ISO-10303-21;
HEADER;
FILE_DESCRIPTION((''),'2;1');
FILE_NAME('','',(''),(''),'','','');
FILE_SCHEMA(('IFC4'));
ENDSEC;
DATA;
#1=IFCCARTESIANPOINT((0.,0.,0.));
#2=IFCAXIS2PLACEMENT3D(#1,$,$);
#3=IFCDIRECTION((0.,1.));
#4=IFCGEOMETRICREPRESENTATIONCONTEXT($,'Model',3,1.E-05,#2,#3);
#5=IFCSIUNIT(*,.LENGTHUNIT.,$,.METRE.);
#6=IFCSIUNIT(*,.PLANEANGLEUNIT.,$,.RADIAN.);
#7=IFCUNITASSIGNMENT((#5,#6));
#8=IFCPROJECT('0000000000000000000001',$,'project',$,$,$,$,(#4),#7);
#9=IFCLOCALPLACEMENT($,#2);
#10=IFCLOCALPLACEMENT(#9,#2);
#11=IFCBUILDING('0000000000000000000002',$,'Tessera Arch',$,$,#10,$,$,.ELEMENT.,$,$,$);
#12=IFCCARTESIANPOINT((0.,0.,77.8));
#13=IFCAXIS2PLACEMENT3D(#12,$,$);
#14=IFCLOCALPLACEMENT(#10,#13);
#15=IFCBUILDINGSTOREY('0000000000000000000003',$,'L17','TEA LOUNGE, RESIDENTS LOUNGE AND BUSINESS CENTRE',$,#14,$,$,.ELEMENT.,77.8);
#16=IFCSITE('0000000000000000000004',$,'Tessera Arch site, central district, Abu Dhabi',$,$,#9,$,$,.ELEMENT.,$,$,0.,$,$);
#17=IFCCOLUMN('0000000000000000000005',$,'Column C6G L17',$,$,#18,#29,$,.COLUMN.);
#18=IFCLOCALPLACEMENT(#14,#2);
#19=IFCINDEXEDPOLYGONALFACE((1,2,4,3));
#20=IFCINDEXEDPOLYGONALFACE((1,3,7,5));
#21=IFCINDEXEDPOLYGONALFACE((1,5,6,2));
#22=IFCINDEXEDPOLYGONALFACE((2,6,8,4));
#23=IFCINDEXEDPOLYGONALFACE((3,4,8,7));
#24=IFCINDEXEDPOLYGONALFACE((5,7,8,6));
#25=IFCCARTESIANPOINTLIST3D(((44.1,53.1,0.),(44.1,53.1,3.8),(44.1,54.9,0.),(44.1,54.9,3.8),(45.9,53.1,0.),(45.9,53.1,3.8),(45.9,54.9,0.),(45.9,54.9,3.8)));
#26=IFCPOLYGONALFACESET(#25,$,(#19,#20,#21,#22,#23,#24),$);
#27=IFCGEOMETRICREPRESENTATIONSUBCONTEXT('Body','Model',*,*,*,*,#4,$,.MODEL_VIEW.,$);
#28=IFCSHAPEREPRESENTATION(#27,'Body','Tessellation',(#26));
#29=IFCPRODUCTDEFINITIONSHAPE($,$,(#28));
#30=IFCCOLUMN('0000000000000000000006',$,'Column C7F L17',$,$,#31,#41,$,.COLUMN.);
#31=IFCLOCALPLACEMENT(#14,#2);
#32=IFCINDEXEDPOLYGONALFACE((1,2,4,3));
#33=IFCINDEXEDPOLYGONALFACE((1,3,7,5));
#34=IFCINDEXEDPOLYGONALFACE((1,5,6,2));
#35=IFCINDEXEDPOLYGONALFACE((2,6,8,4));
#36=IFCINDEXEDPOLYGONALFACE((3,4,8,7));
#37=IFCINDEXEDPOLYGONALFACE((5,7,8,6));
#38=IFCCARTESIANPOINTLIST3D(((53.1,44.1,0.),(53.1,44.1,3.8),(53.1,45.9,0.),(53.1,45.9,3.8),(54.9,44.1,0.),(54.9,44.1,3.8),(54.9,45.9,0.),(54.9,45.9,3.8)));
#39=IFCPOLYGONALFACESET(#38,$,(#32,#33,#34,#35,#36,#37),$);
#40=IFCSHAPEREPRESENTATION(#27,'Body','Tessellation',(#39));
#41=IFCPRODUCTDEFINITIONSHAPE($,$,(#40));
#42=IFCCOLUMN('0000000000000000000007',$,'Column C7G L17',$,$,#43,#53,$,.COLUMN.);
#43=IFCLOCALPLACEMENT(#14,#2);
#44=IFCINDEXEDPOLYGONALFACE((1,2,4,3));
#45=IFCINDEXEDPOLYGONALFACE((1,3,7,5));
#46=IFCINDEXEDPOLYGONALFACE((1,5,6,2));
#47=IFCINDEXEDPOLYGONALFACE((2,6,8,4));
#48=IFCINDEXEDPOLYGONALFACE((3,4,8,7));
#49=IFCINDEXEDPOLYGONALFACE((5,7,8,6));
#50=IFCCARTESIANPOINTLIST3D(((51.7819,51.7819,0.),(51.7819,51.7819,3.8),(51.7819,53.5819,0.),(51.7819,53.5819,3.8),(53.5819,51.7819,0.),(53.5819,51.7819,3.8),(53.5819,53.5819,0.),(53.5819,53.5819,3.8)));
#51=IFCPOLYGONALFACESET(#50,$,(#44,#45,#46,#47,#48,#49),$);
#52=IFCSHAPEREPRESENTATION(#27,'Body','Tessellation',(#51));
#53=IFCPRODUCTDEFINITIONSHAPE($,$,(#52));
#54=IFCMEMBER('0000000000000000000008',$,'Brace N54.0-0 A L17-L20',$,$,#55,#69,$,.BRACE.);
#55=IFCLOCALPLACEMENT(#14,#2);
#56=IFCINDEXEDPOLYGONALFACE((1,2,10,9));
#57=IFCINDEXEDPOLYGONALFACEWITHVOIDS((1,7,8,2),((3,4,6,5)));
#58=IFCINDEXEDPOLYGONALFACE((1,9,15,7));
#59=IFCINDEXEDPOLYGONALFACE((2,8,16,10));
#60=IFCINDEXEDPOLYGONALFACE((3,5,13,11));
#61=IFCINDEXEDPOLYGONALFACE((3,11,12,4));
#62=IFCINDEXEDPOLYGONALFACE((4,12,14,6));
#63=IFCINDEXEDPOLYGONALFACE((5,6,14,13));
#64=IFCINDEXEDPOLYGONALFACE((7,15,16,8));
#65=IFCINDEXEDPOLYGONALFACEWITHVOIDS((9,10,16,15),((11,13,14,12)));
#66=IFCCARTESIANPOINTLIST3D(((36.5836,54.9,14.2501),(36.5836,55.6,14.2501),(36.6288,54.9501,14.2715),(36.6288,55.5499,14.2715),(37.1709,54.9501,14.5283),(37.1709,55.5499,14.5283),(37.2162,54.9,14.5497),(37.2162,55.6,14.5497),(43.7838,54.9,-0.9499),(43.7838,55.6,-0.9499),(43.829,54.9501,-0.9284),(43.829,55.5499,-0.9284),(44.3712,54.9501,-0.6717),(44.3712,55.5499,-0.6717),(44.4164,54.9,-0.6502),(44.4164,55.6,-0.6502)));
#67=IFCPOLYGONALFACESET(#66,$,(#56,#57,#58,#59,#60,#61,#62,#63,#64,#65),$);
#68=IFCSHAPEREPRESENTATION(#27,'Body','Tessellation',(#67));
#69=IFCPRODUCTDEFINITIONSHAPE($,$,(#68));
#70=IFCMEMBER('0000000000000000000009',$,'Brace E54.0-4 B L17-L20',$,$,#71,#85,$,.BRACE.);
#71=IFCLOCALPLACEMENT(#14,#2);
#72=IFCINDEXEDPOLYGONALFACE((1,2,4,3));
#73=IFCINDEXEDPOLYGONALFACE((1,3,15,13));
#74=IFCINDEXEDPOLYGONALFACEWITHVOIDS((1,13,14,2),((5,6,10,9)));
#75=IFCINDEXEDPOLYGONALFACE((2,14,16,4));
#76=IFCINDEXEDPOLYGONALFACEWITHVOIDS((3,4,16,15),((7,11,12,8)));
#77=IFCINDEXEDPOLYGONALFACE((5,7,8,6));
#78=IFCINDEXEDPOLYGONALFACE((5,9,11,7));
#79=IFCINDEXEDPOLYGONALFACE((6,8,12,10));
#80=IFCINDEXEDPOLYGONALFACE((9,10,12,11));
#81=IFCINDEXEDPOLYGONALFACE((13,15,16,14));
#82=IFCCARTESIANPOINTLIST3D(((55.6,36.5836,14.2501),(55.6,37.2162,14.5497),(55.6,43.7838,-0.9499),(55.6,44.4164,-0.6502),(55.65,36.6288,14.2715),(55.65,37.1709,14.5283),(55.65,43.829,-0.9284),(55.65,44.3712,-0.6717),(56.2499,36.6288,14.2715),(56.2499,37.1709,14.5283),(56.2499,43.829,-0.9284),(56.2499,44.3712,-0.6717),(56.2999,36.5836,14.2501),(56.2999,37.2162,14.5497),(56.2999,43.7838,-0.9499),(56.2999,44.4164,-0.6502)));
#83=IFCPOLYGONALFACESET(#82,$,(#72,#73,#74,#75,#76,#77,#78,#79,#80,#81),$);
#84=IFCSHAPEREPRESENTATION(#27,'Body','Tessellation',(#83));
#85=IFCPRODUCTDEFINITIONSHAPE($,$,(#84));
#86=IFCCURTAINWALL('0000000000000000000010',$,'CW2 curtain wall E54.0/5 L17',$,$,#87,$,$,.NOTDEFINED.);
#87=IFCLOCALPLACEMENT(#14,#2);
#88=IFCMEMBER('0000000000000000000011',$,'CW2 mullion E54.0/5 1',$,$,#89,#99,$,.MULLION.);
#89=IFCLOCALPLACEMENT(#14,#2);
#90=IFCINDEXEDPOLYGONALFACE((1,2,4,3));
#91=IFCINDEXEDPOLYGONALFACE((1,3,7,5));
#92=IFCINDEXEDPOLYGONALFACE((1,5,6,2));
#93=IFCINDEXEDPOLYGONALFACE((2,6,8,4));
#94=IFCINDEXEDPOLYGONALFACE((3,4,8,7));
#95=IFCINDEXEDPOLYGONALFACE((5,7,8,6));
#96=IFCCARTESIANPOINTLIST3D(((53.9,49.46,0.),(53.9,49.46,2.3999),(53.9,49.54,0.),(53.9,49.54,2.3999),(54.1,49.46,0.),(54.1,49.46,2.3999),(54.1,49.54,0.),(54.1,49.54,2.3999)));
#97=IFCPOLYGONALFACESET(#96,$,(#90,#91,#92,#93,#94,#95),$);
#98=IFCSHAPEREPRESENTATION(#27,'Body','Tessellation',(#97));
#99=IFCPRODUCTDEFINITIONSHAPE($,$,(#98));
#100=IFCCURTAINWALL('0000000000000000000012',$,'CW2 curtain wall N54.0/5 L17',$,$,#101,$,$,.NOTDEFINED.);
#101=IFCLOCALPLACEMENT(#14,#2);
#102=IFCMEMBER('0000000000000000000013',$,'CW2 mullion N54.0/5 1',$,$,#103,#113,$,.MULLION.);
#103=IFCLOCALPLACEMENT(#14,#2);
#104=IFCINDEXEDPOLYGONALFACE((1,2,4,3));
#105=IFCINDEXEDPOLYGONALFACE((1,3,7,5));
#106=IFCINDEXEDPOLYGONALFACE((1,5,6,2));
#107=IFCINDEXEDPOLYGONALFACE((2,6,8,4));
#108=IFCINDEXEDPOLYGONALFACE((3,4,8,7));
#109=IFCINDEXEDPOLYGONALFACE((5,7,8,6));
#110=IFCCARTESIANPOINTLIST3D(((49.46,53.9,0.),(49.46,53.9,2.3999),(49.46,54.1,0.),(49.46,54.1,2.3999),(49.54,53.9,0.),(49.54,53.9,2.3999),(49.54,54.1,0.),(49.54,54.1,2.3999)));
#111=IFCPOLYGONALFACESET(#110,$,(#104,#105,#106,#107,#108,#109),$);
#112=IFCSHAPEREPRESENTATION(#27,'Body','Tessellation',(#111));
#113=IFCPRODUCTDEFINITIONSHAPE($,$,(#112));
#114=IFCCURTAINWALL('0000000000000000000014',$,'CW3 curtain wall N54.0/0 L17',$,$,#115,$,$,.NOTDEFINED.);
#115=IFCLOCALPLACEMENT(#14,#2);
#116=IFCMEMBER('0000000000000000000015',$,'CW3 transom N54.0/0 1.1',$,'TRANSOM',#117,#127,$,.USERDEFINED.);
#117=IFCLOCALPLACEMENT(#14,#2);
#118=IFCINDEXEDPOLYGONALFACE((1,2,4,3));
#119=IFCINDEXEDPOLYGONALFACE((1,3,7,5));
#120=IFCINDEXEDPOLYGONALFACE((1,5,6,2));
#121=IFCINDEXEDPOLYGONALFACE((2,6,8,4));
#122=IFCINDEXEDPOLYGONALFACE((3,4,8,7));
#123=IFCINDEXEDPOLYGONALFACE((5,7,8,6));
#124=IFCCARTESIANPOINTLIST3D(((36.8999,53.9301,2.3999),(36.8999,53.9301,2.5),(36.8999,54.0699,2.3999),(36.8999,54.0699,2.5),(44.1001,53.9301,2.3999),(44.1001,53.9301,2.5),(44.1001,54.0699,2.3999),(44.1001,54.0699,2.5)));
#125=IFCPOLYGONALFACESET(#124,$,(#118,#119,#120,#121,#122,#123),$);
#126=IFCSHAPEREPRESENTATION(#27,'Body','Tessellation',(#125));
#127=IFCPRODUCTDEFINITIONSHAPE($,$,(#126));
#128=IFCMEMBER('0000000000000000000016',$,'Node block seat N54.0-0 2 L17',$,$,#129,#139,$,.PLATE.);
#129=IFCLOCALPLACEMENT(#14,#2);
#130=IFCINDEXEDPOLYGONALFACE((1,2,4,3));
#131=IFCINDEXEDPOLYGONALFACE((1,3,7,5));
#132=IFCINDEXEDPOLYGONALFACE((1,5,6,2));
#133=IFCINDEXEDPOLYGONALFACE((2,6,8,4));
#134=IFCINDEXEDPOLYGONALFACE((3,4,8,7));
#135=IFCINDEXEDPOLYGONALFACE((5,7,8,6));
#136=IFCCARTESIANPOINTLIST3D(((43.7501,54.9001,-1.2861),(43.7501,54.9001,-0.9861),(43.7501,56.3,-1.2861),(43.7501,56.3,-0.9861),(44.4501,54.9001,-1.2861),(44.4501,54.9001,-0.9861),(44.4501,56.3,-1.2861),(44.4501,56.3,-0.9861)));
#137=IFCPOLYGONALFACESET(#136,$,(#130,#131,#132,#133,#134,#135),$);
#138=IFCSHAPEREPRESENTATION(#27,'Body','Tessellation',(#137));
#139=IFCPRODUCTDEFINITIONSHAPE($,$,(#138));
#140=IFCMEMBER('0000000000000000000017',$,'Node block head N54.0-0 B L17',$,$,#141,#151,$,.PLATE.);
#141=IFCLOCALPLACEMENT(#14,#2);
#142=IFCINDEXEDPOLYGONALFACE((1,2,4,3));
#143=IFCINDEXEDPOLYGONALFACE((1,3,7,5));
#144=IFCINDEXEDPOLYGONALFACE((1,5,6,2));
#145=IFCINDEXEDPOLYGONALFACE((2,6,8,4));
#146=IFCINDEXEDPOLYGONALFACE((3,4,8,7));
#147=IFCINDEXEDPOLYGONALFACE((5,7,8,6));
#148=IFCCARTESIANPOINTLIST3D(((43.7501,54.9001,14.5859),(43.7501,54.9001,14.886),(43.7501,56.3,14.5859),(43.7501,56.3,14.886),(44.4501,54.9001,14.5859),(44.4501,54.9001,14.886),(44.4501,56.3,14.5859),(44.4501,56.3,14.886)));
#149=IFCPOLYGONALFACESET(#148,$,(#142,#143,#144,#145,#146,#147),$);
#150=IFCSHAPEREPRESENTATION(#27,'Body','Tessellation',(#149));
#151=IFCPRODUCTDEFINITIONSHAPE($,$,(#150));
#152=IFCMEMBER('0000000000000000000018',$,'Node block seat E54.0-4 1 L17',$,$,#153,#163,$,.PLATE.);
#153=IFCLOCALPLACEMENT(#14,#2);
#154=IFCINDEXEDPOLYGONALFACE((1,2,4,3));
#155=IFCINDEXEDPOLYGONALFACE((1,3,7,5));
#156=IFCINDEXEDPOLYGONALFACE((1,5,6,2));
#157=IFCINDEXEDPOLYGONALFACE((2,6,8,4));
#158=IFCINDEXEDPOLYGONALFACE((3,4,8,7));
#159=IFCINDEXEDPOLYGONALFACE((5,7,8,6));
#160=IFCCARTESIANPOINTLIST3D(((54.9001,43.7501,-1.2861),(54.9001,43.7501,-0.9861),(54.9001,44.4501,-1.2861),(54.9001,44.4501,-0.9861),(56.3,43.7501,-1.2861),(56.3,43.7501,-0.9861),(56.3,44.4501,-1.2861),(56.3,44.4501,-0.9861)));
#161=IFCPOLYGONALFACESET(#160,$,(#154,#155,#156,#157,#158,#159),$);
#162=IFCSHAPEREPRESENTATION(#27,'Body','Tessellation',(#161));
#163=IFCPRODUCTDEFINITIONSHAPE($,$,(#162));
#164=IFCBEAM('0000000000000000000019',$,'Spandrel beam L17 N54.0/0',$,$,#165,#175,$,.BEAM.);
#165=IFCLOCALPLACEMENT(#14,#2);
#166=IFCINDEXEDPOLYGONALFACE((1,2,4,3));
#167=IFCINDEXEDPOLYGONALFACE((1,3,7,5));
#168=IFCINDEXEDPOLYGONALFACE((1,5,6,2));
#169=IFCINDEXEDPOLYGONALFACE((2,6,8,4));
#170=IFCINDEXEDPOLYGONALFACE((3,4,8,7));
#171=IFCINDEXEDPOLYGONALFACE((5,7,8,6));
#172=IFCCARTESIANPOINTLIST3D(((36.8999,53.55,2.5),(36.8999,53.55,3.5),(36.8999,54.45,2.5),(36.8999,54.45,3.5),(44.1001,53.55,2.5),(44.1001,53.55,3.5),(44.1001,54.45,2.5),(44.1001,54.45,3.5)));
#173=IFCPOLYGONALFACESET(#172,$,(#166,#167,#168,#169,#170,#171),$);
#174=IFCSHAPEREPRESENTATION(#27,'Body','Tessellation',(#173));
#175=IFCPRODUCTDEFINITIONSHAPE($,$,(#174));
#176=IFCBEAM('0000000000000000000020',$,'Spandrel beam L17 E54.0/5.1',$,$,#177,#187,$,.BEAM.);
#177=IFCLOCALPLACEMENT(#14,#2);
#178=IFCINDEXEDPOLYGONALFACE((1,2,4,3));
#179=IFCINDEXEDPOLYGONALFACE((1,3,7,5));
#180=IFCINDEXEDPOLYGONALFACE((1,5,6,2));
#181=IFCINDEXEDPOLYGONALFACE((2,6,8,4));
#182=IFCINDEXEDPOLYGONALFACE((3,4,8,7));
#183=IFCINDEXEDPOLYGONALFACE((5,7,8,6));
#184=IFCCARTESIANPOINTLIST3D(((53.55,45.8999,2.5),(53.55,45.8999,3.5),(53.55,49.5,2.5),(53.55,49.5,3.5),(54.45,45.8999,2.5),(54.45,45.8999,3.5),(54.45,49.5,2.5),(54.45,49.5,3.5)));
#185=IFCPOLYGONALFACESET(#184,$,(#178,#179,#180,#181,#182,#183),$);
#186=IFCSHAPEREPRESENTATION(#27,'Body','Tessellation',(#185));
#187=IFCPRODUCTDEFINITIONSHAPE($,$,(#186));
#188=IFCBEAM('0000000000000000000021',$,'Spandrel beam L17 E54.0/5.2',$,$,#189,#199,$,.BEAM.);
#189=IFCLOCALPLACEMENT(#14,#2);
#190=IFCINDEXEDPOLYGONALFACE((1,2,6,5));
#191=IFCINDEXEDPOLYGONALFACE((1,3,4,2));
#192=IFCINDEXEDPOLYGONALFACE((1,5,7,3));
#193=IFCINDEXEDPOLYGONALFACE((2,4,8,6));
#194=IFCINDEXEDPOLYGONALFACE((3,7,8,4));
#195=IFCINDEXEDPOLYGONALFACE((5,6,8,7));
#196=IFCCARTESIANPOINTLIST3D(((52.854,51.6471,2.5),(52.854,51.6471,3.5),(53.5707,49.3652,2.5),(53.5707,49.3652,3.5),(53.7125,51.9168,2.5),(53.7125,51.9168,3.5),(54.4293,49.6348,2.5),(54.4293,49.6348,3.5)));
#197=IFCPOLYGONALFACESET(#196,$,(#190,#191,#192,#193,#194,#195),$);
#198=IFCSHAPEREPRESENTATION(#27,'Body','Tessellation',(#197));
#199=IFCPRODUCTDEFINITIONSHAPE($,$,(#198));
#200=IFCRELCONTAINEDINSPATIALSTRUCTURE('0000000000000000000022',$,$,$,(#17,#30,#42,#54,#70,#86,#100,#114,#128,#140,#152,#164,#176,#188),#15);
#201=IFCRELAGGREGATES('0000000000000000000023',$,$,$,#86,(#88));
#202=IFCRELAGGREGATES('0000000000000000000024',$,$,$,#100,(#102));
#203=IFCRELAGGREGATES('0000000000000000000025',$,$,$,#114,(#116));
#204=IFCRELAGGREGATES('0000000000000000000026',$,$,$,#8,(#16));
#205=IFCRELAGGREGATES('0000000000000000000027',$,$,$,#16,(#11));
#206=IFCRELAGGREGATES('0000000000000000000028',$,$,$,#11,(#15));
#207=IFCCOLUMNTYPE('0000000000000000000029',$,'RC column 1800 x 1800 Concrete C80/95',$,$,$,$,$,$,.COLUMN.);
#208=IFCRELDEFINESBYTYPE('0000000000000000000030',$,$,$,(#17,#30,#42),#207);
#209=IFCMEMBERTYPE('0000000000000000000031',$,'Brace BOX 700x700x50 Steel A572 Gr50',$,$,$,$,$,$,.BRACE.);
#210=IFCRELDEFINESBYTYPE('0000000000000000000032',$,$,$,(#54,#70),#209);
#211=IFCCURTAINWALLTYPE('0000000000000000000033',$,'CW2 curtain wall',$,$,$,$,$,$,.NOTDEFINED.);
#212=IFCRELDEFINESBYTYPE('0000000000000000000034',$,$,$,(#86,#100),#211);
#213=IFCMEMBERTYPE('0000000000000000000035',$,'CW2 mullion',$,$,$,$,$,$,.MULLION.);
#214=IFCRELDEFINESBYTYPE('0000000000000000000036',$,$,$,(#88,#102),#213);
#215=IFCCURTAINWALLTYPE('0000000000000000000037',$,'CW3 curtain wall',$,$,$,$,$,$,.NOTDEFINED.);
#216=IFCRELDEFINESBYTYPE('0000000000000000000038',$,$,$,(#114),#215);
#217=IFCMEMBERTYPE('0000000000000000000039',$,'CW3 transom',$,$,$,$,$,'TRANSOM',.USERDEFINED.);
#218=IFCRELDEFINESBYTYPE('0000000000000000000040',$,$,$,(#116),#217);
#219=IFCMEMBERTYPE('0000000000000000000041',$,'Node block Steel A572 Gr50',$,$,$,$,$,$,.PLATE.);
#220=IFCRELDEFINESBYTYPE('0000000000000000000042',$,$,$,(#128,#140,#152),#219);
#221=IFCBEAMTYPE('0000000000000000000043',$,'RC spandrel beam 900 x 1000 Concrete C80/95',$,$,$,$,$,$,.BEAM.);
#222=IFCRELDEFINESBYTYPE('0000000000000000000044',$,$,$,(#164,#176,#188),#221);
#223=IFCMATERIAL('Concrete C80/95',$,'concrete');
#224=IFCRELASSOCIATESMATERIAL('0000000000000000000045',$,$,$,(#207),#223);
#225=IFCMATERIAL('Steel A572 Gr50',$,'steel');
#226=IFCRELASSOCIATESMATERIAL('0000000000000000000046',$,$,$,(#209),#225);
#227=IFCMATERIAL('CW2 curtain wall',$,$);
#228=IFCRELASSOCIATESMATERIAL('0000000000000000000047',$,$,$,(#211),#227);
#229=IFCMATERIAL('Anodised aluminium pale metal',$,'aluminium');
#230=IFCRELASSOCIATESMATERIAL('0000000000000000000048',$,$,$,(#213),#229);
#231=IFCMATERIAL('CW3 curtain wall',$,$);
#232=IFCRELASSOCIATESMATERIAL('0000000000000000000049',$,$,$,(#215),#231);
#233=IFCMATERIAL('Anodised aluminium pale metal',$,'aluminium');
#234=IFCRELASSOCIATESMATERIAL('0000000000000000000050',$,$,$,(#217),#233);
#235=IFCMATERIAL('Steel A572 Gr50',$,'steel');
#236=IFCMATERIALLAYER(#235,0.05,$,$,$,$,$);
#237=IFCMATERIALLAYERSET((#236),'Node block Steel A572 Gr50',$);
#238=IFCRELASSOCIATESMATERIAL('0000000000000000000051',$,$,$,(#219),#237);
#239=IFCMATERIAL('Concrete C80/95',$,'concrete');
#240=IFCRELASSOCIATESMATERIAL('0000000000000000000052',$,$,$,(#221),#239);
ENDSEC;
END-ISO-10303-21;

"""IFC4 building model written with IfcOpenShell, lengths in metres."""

from ifc_helpers import new_model, si_unit, direction, frame, origin, origin_2d, place, context, subcontext, project, spatial, rectangle, hollow_rectangle, extrude, material, layer, layer_set, material_profile, profile_set, type_object, element, aggregate, save


model = new_model("IFC4")

# Units and contexts
model_context = context("Model", 3, precision=1e-05, world=origin(), true_north=direction((0.0, 1.0)))
body_context = subcontext(model_context, "Body", "Model", "MODEL_VIEW")
ifc_project = project(units=[si_unit("LENGTHUNIT", "METRE"), si_unit("PLANEANGLEUNIT", "RADIAN")], contexts=[model_context])

# Site, building, storey
site_placement = place(None, origin())
site = spatial("IfcSite", under=ifc_project, at=site_placement, Name="Tessera Arch site, central district, Abu Dhabi", CompositionType="ELEMENT", RefElevation=0.0)
building_placement = place(site_placement, origin())
building = spatial("IfcBuilding", under=site, at=building_placement, Name="Tessera Arch", CompositionType="ELEMENT")
storey_placement = place(building_placement, frame((0.0, 0.0, 77.8)))
storey = spatial("IfcBuildingStorey", under=building, at=storey_placement, Name="L17", Description="TEA LOUNGE, RESIDENTS LOUNGE AND BUSINESS CENTRE", CompositionType="ELEMENT", Elevation=77.8)

# Columns
ifc_material_1 = material(Name="Concrete C80/95", Category="concrete")
ifc_material_profile_1 = material_profile(ifc_material_1, rectangle(XDim=1.8, YDim=1.8, at=origin_2d()), Name="RC column 1800 x 1800 Concrete C80/95")
ifc_profile_set_1 = profile_set([ifc_material_profile_1], Name="Concrete C80/95")
column_type = type_object("IfcColumnType", Name="RC column 1800 x 1800 Concrete C80/95", PredefinedType="COLUMN", material=ifc_profile_set_1)
for number, where, z_axis, x_axis, name in (
    (1, (45.0, 54.0, 0.0), (0.0, 0.0, 1.0), (1.0, 0.0, 0.0), "Column C6G L17"),
    (2, (54.0, 45.0, 0.0), (0.0, 0.0, 1.0), (1.0, 0.0, 0.0), "Column C7F L17"),
    (3, (52.6819, 52.6819, 0.0), (0.0, 0.0, 1.0), (1.0, 0.0, 0.0), "Column C7G L17"),
):
    element("IfcColumn", number, at=place(storey_placement, frame(where, z_axis=z_axis, x_axis=x_axis)), inside=storey, type_object=column_type, Name=name, PredefinedType="COLUMN", context=body_context, shape_type="SweptSolid", body=[
        extrude(rectangle(XDim=1.8, YDim=1.8, at=origin_2d()), origin(), (0.0, 0.0, 1.0), 3.8),
    ])

# Members
ifc_material_2 = material(Name="Steel A572 Gr50", Category="steel")
ifc_material_profile_2 = material_profile(ifc_material_2, hollow_rectangle(XDim=0.7, YDim=0.7, WallThickness=0.05, at=origin_2d()), Name="BOX 700x700x50")
ifc_profile_set_2 = profile_set([ifc_material_profile_2], Name="Steel A572 Gr50")
member_type_1 = type_object("IfcMemberType", Name="Brace BOX 700x700x50 Steel A572 Gr50", PredefinedType="BRACE", material=ifc_profile_set_2)
for number, where, z_axis, x_axis, name in (
    (4, (44.1001, 55.25, -0.8), (-0.428097, 0.0, 0.903733), (0.0, -1.0, 0.0), "Brace N54.0-0 A L17-L20"),
    (5, (55.95, 44.1001, -0.8), (0.0, -0.428097, 0.903733), (1.0, 0.0, 0.0), "Brace E54.0-4 B L17-L20"),
):
    element("IfcMember", number, at=place(storey_placement, frame(where, z_axis=z_axis, x_axis=x_axis)), inside=storey, type_object=member_type_1, Name=name, PredefinedType="BRACE", context=body_context, shape_type="SweptSolid", body=[
        extrude(hollow_rectangle(XDim=0.7, YDim=0.7, WallThickness=0.05, at=origin_2d()), origin(), (0.0, 0.0, 1.0), 16.8191),
    ])

# Curtain walls, members
ifc_material_3 = material(Name="CW2 curtain wall")
curtain_wall_type_1 = type_object("IfcCurtainWallType", Name="CW2 curtain wall", PredefinedType="NOTDEFINED", material=ifc_material_3)
curtain_wall_1_placement = place(storey_placement, origin())
curtain_wall_1 = element("IfcCurtainWall", 6, at=curtain_wall_1_placement, inside=storey, type_object=curtain_wall_type_1, Name="CW2 curtain wall E54.0/5 L17", PredefinedType="NOTDEFINED")
ifc_material_4 = material(Name="Anodised aluminium pale metal", Category="aluminium")
ifc_material_profile_3 = material_profile(ifc_material_4, rectangle(XDim=0.2, YDim=0.0801, at=origin_2d()), Name="AL 80x200")
ifc_profile_set_3 = profile_set([ifc_material_profile_3], Name="Anodised aluminium pale metal")
member_type_2 = type_object("IfcMemberType", Name="CW2 mullion", PredefinedType="MULLION", material=ifc_profile_set_3)
member_1_placement = place(storey_placement, frame((54.0, 49.5, 0.0), z_axis=(0.0, 0.0, 1.0), x_axis=(-1.0, 0.0, 0.0)))
member_1 = element("IfcMember", 7, at=member_1_placement, type_object=member_type_2, Name="CW2 mullion E54.0/5 1", PredefinedType="MULLION", context=body_context, shape_type="SweptSolid", body=[
    extrude(rectangle(XDim=0.2, YDim=0.0801, at=origin_2d()), origin(), (0.0, 0.0, 1.0), 2.3999),
])
curtain_wall_2_placement = place(storey_placement, origin())
curtain_wall_2 = element("IfcCurtainWall", 8, at=curtain_wall_2_placement, inside=storey, type_object=curtain_wall_type_1, Name="CW2 curtain wall N54.0/5 L17", PredefinedType="NOTDEFINED")
member_2_placement = place(storey_placement, frame((49.5, 54.0, 0.0), z_axis=(0.0, 0.0, 1.0), x_axis=(0.0, -1.0, 0.0)))
member_2 = element("IfcMember", 9, at=member_2_placement, type_object=member_type_2, Name="CW2 mullion N54.0/5 1", PredefinedType="MULLION", context=body_context, shape_type="SweptSolid", body=[
    extrude(rectangle(XDim=0.2, YDim=0.0801, at=origin_2d()), origin(), (0.0, 0.0, 1.0), 2.3999),
])
ifc_material_5 = material(Name="CW3 curtain wall")
curtain_wall_type_2 = type_object("IfcCurtainWallType", Name="CW3 curtain wall", PredefinedType="NOTDEFINED", material=ifc_material_5)
curtain_wall_3_placement = place(storey_placement, origin())
curtain_wall_3 = element("IfcCurtainWall", 10, at=curtain_wall_3_placement, inside=storey, type_object=curtain_wall_type_2, Name="CW3 curtain wall N54.0/0 L17", PredefinedType="NOTDEFINED")
ifc_material_6 = material(Name="Anodised aluminium pale metal", Category="aluminium")
ifc_material_profile_4 = material_profile(ifc_material_6, rectangle(XDim=0.1399, YDim=0.1001, at=origin_2d()), Name="AL 140x100")
ifc_profile_set_4 = profile_set([ifc_material_profile_4], Name="Anodised aluminium pale metal")
member_type_3 = type_object("IfcMemberType", Name="CW3 transom", ElementType="TRANSOM", PredefinedType="USERDEFINED", material=ifc_profile_set_4)
member_3_placement = place(storey_placement, frame((44.1001, 54.0, 2.45), z_axis=(-1.0, 0.0, 0.0), x_axis=(0.0, -1.0, 0.0)))
member_3 = element("IfcMember", 11, at=member_3_placement, type_object=member_type_3, Name="CW3 transom N54.0/0 1.1", ObjectType="TRANSOM", PredefinedType="USERDEFINED", context=body_context, shape_type="SweptSolid", body=[
    extrude(rectangle(XDim=0.1399, YDim=0.1001, at=origin_2d()), origin(), (0.0, 0.0, 1.0), 7.2002),
])

# Members
ifc_material_7 = material(Name="Steel A572 Gr50", Category="steel")
ifc_layer_1 = layer(ifc_material_7, 0.05)
ifc_layer_set_1 = layer_set([ifc_layer_1], Name="Node block Steel A572 Gr50")
member_type_4 = type_object("IfcMemberType", Name="Node block Steel A572 Gr50", PredefinedType="PLATE", material=ifc_layer_set_1)
for number, where, z_axis, x_axis, name in (
    (12, (44.1001, 55.6001, -1.2861), (0.0, 0.0, 1.0), (-1.0, 0.0, 0.0), "Node block seat N54.0-0 2 L17"),
    (13, (44.1001, 55.6001, 14.5859), (0.0, 0.0, 1.0), (-1.0, 0.0, 0.0), "Node block head N54.0-0 B L17"),
    (14, (55.6001, 44.1001, -1.2861), (0.0, 0.0, 1.0), (0.0, 1.0, 0.0), "Node block seat E54.0-4 1 L17"),
):
    element("IfcMember", number, at=place(storey_placement, frame(where, z_axis=z_axis, x_axis=x_axis)), inside=storey, type_object=member_type_4, Name=name, PredefinedType="PLATE", context=body_context, shape_type="SweptSolid", body=[
        extrude(rectangle(XDim=0.7, YDim=1.3999, at=origin_2d()), origin(), (0.0, 0.0, 1.0), 0.3),
    ])

# Beams
ifc_material_8 = material(Name="Concrete C80/95", Category="concrete")
ifc_material_profile_5 = material_profile(ifc_material_8, rectangle(XDim=0.8999, YDim=1.0, at=origin_2d()), Name="RC spandrel beam 900 x 1000 Concrete C80/95")
ifc_profile_set_5 = profile_set([ifc_material_profile_5], Name="Concrete C80/95")
beam_type = type_object("IfcBeamType", Name="RC spandrel beam 900 x 1000 Concrete C80/95", PredefinedType="BEAM", material=ifc_profile_set_5)
beam_1_placement = place(storey_placement, frame((44.1001, 54.0, 3.0), z_axis=(-1.0, 0.0, 0.0), x_axis=(0.0, -1.0, 0.0)))
element("IfcBeam", 15, at=beam_1_placement, inside=storey, type_object=beam_type, Name="Spandrel beam L17 N54.0/0", PredefinedType="BEAM", context=body_context, shape_type="SweptSolid", body=[
    extrude(rectangle(XDim=0.8999, YDim=1.0, at=origin_2d()), origin(), (0.0, 0.0, 1.0), 7.2002),
])
beam_2_placement = place(storey_placement, frame((54.0, 45.8999, 3.0), z_axis=(0.0, 1.0, 0.0), x_axis=(-1.0, 0.0, 0.0)))
element("IfcBeam", 16, at=beam_2_placement, inside=storey, type_object=beam_type, Name="Spandrel beam L17 E54.0/5.1", PredefinedType="BEAM", context=body_context, shape_type="SweptSolid", body=[
    extrude(rectangle(XDim=0.8999, YDim=1.0, at=origin_2d()), origin(), (0.0, 0.0, 1.0), 3.6001),
])
for number, where, z_axis, x_axis, name in (
    (17, (54.0, 49.5, 3.0), (-0.299675, 0.954041, 0.0), (-0.954041, -0.299675, 0.0), "Spandrel beam L17 E54.0/5.2"),
):
    element("IfcBeam", number, at=place(storey_placement, frame(where, z_axis=z_axis, x_axis=x_axis)), inside=storey, type_object=beam_type, Name=name, PredefinedType="BEAM", context=body_context, shape_type="SweptSolid", body=[
        extrude(rectangle(XDim=0.8999, YDim=1.0, at=origin_2d()), origin(), (0.0, 0.0, 1.0), 2.3918),
    ])

aggregate(curtain_wall_1, [member_1])
aggregate(curtain_wall_2, [member_2])

aggregate(curtain_wall_3, [member_3])

save(model, "model.ifc")
